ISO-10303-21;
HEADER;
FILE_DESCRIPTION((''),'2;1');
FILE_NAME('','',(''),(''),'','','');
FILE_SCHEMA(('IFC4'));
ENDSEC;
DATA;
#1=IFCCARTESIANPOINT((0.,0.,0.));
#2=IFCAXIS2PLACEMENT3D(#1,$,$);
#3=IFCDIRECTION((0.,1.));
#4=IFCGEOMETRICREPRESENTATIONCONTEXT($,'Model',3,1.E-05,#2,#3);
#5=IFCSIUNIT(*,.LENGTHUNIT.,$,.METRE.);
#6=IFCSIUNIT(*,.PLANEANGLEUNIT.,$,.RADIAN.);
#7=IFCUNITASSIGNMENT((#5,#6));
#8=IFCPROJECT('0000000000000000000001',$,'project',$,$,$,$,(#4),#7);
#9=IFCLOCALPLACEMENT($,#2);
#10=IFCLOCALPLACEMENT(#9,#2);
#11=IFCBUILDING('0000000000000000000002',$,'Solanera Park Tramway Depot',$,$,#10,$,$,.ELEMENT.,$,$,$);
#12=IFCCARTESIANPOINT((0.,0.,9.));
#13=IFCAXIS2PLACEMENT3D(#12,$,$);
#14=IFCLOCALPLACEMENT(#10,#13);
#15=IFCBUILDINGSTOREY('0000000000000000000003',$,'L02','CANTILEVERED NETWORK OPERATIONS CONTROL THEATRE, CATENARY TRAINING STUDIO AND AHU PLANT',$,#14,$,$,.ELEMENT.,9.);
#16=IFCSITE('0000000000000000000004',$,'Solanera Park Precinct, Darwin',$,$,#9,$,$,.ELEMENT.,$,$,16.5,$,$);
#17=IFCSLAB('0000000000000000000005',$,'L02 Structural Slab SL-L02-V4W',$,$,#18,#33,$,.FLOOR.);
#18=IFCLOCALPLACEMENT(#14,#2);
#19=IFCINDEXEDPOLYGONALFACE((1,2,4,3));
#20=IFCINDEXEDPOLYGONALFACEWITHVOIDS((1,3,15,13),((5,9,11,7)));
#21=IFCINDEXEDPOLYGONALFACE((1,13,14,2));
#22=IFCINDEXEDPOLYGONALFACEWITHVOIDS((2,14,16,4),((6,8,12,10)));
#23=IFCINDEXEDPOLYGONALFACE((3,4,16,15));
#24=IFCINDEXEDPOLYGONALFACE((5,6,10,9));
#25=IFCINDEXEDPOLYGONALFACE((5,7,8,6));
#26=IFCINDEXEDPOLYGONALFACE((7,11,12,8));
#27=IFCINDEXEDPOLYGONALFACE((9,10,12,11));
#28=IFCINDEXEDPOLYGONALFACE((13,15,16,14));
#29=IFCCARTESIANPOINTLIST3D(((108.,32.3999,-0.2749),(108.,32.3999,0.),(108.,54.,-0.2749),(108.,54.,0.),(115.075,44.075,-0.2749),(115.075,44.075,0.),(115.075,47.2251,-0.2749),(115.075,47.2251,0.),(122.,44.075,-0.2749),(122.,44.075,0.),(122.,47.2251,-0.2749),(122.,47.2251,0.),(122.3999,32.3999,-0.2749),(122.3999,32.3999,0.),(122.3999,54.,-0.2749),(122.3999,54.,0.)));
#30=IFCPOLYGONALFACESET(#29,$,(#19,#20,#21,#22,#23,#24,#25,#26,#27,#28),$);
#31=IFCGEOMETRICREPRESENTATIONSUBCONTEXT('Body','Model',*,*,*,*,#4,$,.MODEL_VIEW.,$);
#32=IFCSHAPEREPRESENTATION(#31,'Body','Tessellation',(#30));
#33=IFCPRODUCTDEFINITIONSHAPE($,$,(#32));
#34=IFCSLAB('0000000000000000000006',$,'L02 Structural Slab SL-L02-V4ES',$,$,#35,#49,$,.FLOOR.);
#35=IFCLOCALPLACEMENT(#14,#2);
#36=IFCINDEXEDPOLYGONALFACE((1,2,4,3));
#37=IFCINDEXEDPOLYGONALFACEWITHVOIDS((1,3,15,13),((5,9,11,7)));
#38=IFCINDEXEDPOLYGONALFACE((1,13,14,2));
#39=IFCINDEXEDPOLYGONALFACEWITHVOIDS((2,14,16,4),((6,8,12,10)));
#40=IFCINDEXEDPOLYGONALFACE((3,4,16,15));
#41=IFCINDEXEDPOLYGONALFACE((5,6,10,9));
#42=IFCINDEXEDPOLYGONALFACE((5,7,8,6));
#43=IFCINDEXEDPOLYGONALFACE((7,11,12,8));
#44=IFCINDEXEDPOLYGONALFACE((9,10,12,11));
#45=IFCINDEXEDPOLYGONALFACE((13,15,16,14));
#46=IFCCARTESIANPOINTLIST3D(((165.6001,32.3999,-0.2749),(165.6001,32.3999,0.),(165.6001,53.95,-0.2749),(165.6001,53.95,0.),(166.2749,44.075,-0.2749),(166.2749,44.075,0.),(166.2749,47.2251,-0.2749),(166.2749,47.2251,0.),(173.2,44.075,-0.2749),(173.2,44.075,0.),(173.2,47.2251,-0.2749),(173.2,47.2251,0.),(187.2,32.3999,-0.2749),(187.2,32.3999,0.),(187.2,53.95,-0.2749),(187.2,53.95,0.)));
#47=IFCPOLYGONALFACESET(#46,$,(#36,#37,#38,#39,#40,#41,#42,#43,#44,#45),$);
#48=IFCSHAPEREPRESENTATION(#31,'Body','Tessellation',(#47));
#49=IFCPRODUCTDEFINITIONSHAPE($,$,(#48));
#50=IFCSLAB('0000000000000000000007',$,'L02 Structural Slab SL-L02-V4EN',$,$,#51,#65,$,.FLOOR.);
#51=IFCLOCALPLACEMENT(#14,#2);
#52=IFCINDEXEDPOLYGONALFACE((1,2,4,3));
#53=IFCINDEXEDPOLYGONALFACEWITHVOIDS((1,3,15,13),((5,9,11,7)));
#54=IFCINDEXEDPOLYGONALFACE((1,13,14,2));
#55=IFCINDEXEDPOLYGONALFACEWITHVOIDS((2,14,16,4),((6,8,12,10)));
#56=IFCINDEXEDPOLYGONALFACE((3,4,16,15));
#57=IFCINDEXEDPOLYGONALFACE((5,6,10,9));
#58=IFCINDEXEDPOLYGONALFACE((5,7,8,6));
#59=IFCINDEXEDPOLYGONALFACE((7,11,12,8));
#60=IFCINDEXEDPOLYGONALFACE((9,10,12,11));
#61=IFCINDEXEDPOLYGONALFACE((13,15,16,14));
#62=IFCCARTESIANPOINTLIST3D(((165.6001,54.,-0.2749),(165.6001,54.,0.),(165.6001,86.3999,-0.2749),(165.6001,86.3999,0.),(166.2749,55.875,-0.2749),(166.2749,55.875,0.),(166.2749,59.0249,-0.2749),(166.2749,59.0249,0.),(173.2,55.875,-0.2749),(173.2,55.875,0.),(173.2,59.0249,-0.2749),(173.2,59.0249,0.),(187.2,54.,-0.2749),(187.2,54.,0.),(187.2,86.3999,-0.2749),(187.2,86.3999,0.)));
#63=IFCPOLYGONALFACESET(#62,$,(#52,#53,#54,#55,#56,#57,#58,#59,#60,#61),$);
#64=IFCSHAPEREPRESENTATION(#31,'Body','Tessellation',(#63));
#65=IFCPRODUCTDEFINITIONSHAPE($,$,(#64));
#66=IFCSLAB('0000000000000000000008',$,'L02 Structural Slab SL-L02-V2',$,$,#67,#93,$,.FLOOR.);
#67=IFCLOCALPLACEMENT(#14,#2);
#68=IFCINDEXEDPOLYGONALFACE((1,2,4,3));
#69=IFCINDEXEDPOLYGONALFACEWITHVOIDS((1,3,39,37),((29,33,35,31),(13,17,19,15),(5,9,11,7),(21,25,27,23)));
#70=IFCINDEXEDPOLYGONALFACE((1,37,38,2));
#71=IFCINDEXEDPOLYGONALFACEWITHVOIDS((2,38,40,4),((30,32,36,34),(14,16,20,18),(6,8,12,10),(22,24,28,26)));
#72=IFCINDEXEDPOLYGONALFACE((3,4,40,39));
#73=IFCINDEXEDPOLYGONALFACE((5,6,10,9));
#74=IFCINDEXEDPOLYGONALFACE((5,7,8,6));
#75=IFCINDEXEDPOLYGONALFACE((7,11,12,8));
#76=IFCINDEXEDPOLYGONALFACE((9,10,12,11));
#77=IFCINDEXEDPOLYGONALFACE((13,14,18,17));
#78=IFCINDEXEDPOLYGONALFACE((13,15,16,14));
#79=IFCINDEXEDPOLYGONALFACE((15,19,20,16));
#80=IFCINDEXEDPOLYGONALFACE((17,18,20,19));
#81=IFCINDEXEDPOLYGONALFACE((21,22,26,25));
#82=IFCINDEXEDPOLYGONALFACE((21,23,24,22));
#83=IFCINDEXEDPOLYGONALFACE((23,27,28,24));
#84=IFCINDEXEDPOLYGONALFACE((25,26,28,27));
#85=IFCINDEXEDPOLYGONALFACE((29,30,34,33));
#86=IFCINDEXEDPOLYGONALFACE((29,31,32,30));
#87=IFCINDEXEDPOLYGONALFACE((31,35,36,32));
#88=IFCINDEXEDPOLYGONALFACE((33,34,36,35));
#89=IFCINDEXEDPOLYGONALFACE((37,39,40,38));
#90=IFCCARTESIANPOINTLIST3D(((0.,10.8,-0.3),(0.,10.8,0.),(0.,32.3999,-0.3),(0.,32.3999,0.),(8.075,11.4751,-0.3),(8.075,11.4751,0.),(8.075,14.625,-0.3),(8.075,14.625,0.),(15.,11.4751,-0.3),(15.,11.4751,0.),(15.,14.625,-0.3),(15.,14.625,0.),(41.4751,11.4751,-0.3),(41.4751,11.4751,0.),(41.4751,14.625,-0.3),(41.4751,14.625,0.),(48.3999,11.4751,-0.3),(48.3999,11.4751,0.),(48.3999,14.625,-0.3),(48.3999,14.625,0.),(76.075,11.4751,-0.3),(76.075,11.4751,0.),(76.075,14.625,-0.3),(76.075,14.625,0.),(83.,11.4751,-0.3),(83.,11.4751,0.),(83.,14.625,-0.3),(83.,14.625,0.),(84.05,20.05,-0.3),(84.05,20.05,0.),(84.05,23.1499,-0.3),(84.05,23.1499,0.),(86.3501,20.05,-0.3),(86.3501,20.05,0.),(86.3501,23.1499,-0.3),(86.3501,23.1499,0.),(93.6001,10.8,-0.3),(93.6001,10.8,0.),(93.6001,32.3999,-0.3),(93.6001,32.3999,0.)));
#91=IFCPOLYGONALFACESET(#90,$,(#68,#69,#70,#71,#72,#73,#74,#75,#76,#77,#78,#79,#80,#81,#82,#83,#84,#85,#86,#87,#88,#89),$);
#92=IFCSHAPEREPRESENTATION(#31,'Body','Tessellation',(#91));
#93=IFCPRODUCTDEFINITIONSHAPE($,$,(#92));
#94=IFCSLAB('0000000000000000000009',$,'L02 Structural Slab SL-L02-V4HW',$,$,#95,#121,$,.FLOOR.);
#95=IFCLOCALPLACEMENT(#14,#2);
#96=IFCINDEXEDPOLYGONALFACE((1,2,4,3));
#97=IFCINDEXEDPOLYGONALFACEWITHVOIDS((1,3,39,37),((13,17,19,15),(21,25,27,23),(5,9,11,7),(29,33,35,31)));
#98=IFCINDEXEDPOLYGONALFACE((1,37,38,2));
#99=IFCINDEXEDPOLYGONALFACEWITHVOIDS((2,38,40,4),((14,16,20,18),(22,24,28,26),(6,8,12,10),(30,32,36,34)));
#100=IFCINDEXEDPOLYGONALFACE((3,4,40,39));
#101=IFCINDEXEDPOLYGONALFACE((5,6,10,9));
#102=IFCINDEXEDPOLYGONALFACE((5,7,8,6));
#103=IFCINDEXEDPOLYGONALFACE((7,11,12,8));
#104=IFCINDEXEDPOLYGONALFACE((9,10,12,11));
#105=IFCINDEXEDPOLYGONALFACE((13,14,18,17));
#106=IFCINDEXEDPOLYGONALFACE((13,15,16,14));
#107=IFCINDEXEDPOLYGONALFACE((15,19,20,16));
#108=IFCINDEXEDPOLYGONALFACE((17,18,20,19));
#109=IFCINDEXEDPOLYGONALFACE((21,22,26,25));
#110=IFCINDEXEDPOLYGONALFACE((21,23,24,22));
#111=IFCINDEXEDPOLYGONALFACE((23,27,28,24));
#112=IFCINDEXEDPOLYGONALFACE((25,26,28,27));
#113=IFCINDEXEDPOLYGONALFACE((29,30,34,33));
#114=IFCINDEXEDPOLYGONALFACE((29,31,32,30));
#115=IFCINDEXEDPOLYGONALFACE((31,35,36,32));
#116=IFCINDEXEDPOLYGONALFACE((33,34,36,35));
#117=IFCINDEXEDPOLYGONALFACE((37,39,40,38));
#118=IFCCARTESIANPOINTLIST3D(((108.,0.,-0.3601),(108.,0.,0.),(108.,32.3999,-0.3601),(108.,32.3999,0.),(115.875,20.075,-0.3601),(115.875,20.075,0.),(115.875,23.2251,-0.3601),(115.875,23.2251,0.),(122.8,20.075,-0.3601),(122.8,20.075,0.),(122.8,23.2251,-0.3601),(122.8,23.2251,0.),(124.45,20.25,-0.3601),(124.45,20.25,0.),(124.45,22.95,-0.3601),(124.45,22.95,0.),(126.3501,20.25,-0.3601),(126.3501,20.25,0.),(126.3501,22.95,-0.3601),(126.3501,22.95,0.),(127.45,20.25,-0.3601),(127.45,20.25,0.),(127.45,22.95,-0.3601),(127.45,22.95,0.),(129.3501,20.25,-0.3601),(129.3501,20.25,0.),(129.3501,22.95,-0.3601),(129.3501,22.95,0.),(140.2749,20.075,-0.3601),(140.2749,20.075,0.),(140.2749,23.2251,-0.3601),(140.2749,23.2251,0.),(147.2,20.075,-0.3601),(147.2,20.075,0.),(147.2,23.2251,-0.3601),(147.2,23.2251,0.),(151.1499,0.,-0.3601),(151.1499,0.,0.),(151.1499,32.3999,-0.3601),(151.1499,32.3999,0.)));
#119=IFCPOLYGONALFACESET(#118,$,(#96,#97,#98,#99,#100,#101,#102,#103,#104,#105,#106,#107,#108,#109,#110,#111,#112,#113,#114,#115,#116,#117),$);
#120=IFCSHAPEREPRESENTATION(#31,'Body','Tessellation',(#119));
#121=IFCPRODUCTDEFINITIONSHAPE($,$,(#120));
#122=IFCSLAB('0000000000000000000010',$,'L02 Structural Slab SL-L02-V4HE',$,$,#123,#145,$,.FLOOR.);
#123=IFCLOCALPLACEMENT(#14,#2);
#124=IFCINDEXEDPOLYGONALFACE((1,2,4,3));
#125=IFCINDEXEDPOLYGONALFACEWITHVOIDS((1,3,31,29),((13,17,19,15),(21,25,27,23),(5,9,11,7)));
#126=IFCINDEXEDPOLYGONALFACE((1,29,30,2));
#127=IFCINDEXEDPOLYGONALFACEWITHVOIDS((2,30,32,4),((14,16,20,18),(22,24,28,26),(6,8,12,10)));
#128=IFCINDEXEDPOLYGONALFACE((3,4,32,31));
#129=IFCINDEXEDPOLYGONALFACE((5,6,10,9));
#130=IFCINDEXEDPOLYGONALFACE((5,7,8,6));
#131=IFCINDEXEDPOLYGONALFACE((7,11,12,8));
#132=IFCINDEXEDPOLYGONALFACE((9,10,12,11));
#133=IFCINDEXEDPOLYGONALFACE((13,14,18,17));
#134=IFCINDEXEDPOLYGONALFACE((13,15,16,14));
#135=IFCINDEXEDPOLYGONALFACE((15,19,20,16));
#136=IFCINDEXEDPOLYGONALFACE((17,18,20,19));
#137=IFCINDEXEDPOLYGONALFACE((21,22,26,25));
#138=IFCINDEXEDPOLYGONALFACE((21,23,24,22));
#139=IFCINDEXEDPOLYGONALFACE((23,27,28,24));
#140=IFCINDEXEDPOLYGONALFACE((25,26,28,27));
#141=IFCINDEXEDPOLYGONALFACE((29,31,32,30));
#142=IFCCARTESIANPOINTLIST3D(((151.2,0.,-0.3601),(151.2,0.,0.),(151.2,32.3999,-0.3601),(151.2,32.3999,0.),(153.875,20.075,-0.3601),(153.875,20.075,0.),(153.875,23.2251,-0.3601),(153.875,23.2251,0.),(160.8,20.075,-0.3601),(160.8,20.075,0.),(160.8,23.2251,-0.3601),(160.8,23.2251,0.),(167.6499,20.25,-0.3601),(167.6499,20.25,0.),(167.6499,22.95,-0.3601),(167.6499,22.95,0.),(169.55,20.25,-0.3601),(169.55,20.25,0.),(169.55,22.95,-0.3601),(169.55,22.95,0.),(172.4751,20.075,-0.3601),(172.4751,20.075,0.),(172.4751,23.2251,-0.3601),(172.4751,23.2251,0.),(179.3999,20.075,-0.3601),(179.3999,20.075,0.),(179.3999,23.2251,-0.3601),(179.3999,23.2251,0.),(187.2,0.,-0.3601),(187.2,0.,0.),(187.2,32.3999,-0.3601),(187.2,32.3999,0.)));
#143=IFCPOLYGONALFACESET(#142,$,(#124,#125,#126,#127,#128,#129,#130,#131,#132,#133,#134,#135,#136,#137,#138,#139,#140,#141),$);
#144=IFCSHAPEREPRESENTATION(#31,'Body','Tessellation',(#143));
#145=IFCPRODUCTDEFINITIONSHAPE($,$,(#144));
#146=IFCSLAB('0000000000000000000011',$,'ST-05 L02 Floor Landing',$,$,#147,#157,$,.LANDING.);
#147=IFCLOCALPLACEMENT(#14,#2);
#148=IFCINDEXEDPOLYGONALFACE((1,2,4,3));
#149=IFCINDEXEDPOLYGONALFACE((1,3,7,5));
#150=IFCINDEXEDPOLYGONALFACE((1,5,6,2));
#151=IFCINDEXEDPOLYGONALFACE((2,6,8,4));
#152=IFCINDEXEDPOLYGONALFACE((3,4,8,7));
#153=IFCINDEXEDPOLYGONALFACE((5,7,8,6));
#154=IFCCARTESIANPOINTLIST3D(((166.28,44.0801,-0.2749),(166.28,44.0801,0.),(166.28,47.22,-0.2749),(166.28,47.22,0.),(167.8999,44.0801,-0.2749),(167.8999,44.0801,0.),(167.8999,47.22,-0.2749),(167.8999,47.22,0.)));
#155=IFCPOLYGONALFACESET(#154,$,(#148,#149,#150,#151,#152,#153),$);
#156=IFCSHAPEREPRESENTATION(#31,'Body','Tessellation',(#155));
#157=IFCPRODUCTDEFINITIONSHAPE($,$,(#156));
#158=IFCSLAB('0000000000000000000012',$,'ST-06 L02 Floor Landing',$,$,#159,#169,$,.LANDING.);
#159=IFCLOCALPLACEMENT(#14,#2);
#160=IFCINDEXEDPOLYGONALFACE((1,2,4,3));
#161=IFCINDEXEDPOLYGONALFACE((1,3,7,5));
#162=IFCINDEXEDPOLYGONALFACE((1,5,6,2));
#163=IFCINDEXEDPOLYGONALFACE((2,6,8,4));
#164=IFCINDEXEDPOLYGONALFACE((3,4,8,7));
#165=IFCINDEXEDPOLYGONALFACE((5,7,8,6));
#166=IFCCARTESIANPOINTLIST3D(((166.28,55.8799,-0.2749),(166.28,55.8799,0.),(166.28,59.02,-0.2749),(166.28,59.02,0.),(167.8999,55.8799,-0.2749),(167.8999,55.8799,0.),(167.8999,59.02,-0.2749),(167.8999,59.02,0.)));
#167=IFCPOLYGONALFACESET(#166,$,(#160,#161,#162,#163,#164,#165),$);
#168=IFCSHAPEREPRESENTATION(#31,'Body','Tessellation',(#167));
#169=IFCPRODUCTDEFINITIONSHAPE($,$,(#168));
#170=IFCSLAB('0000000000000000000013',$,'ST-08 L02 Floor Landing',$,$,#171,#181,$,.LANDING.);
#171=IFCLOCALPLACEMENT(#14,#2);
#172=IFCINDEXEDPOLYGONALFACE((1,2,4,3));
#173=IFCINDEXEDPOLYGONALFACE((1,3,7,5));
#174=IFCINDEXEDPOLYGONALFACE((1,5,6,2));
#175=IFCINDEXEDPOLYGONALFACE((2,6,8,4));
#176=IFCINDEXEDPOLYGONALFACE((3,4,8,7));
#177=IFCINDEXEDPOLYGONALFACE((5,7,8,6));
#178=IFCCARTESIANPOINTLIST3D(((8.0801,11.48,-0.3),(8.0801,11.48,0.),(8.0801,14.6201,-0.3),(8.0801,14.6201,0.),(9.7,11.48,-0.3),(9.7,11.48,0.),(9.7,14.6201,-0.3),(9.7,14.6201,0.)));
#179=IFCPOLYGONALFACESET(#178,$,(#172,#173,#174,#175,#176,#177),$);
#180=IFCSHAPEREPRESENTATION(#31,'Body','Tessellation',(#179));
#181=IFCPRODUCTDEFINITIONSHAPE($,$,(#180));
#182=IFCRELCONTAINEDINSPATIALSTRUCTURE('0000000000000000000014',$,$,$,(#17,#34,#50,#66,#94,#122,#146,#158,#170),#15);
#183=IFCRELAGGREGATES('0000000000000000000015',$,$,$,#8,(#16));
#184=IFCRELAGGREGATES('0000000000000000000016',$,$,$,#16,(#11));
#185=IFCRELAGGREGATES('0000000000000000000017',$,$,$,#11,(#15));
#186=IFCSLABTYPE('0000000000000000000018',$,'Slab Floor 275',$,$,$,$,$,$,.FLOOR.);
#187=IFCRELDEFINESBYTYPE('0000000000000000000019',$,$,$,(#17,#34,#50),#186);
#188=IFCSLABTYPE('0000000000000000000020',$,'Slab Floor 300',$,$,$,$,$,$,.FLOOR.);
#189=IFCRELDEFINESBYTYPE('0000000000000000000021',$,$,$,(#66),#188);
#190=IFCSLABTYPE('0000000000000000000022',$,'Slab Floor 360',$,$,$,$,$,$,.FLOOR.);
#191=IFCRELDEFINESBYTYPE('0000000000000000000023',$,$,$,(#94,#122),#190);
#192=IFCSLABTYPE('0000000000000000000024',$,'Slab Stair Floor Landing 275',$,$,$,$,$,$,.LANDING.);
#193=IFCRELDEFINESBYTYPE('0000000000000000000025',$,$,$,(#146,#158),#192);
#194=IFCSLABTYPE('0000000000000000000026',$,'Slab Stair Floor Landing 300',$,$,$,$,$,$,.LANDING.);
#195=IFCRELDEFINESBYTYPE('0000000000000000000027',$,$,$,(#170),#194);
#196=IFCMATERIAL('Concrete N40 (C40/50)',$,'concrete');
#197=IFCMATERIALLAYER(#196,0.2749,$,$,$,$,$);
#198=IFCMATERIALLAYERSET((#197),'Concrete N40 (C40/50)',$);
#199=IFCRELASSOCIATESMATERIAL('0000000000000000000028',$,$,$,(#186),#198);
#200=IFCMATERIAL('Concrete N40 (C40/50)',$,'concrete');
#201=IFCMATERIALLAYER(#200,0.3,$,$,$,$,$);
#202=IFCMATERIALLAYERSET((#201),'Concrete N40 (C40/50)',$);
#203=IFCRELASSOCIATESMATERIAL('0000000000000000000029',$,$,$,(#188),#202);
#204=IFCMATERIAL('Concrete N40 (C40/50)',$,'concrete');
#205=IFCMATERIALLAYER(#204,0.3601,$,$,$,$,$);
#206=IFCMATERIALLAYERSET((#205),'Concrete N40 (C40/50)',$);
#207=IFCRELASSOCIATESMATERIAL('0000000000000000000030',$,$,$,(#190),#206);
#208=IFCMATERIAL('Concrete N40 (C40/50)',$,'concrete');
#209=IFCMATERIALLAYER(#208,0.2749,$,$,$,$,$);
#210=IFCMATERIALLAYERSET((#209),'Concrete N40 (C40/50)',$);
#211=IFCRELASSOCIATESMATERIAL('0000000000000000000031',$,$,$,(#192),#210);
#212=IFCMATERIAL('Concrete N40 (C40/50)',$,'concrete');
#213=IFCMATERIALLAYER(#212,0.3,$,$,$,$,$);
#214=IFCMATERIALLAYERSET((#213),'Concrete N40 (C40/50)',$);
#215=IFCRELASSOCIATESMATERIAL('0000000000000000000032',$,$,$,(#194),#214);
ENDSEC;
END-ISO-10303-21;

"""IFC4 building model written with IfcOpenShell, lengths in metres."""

from ifc_helpers import new_model, si_unit, direction, frame, origin, place, context, subcontext, project, spatial, polyline, outline, extrude, material, layer, layer_set, type_object, element, save


model = new_model("IFC4")

# Units and contexts
model_context = context("Model", 3, precision=1e-05, world=origin(), true_north=direction((0.0, 1.0)))
body_context = subcontext(model_context, "Body", "Model", "MODEL_VIEW")
ifc_project = project(units=[si_unit("LENGTHUNIT", "METRE"), si_unit("PLANEANGLEUNIT", "RADIAN")], contexts=[model_context])

# Site, building, storey
site_placement = place(None, origin())
site = spatial("IfcSite", under=ifc_project, at=site_placement, Name="Solanera Park Precinct, Darwin", CompositionType="ELEMENT", RefElevation=16.5)
building_placement = place(site_placement, origin())
building = spatial("IfcBuilding", under=site, at=building_placement, Name="Solanera Park Tramway Depot", CompositionType="ELEMENT")
storey_placement = place(building_placement, frame((0.0, 0.0, 9.0)))
storey = spatial("IfcBuildingStorey", under=building, at=storey_placement, Name="L02", Description="CANTILEVERED NETWORK OPERATIONS CONTROL THEATRE, CATENARY TRAINING STUDIO AND AHU PLANT", CompositionType="ELEMENT", Elevation=9.0)

# Slabs
ifc_material_1 = material(Name="Concrete N40 (C40/50)", Category="concrete")
ifc_layer_1 = layer(ifc_material_1, 0.2749)
ifc_layer_set_1 = layer_set([ifc_layer_1], Name="Concrete N40 (C40/50)")
slab_type_1 = type_object("IfcSlabType", Name="Slab Floor 275", PredefinedType="FLOOR", material=ifc_layer_set_1)
slab_1_placement = place(storey_placement, frame((0.0, 0.0, -0.2749)))
element("IfcSlab", 1, at=slab_1_placement, inside=storey, type_object=slab_type_1, Name="L02 Structural Slab SL-L02-V4W", PredefinedType="FLOOR", context=body_context, shape_type="SweptSolid", body=[
    extrude(outline(polyline([(108.0, 32.3999), (108.0, 54.0), (122.3999, 54.0), (122.3999, 32.3999), (108.0, 32.3999)]), holes=[polyline([(122.0, 47.2251), (115.075, 47.2251), (115.075, 44.075), (122.0, 44.075), (122.0, 47.2251)])]), origin(), (0.0, 0.0, 1.0), 0.2749),
])
slab_2_placement = place(storey_placement, frame((0.0, 0.0, -0.2749)))
element("IfcSlab", 2, at=slab_2_placement, inside=storey, type_object=slab_type_1, Name="L02 Structural Slab SL-L02-V4ES", PredefinedType="FLOOR", context=body_context, shape_type="SweptSolid", body=[
    extrude(outline(polyline([(165.6001, 32.3999), (165.6001, 53.95), (187.2, 53.95), (187.2, 32.3999), (165.6001, 32.3999)]), holes=[polyline([(173.2, 47.2251), (166.2749, 47.2251), (166.2749, 44.075), (173.2, 44.075), (173.2, 47.2251)])]), origin(), (0.0, 0.0, 1.0), 0.2749),
])
slab_3_placement = place(storey_placement, frame((0.0, 0.0, -0.2749)))
element("IfcSlab", 3, at=slab_3_placement, inside=storey, type_object=slab_type_1, Name="L02 Structural Slab SL-L02-V4EN", PredefinedType="FLOOR", context=body_context, shape_type="SweptSolid", body=[
    extrude(outline(polyline([(165.6001, 54.0), (165.6001, 86.3999), (187.2, 86.3999), (187.2, 54.0), (165.6001, 54.0)]), holes=[polyline([(173.2, 59.0249), (166.2749, 59.0249), (166.2749, 55.875), (173.2, 55.875), (173.2, 59.0249)])]), origin(), (0.0, 0.0, 1.0), 0.2749),
])
ifc_material_2 = material(Name="Concrete N40 (C40/50)", Category="concrete")
ifc_layer_2 = layer(ifc_material_2, 0.3)
ifc_layer_set_2 = layer_set([ifc_layer_2], Name="Concrete N40 (C40/50)")
slab_type_2 = type_object("IfcSlabType", Name="Slab Floor 300", PredefinedType="FLOOR", material=ifc_layer_set_2)
slab_4_placement = place(storey_placement, frame((0.0, 0.0, -0.3)))
element("IfcSlab", 4, at=slab_4_placement, inside=storey, type_object=slab_type_2, Name="L02 Structural Slab SL-L02-V2", PredefinedType="FLOOR", context=body_context, shape_type="SweptSolid", body=[
    extrude(outline(polyline([(93.6001, 10.8), (0.0, 10.8), (0.0, 32.3999), (93.6001, 32.3999), (93.6001, 10.8)]), holes=[polyline([(15.0, 11.4751), (15.0, 14.625), (8.075, 14.625), (8.075, 11.4751), (15.0, 11.4751)]), polyline([(76.075, 11.4751), (83.0, 11.4751), (83.0, 14.625), (76.075, 14.625), (76.075, 11.4751)]), polyline([(41.4751, 14.625), (41.4751, 11.4751), (48.3999, 11.4751), (48.3999, 14.625), (41.4751, 14.625)]), polyline([(86.3501, 23.1499), (84.05, 23.1499), (84.05, 20.05), (86.3501, 20.05), (86.3501, 23.1499)])]), origin(), (0.0, 0.0, 1.0), 0.3),
])
ifc_material_3 = material(Name="Concrete N40 (C40/50)", Category="concrete")
ifc_layer_3 = layer(ifc_material_3, 0.3601)
ifc_layer_set_3 = layer_set([ifc_layer_3], Name="Concrete N40 (C40/50)")
slab_type_3 = type_object("IfcSlabType", Name="Slab Floor 360", PredefinedType="FLOOR", material=ifc_layer_set_3)
slab_5_placement = place(storey_placement, frame((0.0, 0.0, -0.3601)))
element("IfcSlab", 5, at=slab_5_placement, inside=storey, type_object=slab_type_3, Name="L02 Structural Slab SL-L02-V4HW", PredefinedType="FLOOR", context=body_context, shape_type="SweptSolid", body=[
    extrude(outline(polyline([(151.1499, 0.0), (108.0, 0.0), (108.0, 32.3999), (151.1499, 32.3999), (151.1499, 0.0)]), holes=[polyline([(122.8, 20.075), (122.8, 23.2251), (115.875, 23.2251), (115.875, 20.075), (122.8, 20.075)]), polyline([(140.2749, 20.075), (147.2, 20.075), (147.2, 23.2251), (140.2749, 23.2251), (140.2749, 20.075)]), polyline([(124.45, 22.95), (124.45, 20.25), (126.3501, 20.25), (126.3501, 22.95), (124.45, 22.95)]), polyline([(129.3501, 22.95), (127.45, 22.95), (127.45, 20.25), (129.3501, 20.25), (129.3501, 22.95)])]), origin(), (0.0, 0.0, 1.0), 0.3601),
])
slab_6_placement = place(storey_placement, frame((0.0, 0.0, -0.3601)))
element("IfcSlab", 6, at=slab_6_placement, inside=storey, type_object=slab_type_3, Name="L02 Structural Slab SL-L02-V4HE", PredefinedType="FLOOR", context=body_context, shape_type="SweptSolid", body=[
    extrude(outline(polyline([(187.2, 32.3999), (187.2, 0.0), (151.2, 0.0), (151.2, 32.3999), (187.2, 32.3999)]), holes=[polyline([(153.875, 20.075), (160.8, 20.075), (160.8, 23.2251), (153.875, 23.2251), (153.875, 20.075)]), polyline([(172.4751, 23.2251), (172.4751, 20.075), (179.3999, 20.075), (179.3999, 23.2251), (172.4751, 23.2251)]), polyline([(169.55, 22.95), (167.6499, 22.95), (167.6499, 20.25), (169.55, 20.25), (169.55, 22.95)])]), origin(), (0.0, 0.0, 1.0), 0.3601),
])
ifc_material_4 = material(Name="Concrete N40 (C40/50)", Category="concrete")
ifc_layer_4 = layer(ifc_material_4, 0.2749)
ifc_layer_set_4 = layer_set([ifc_layer_4], Name="Concrete N40 (C40/50)")
slab_type_4 = type_object("IfcSlabType", Name="Slab Stair Floor Landing 275", PredefinedType="LANDING", material=ifc_layer_set_4)
slab_7_placement = place(storey_placement, frame((0.0, 0.0, -0.2749)))
element("IfcSlab", 7, at=slab_7_placement, inside=storey, type_object=slab_type_4, Name="ST-05 L02 Floor Landing", PredefinedType="LANDING", context=body_context, shape_type="SweptSolid", body=[
    extrude(outline(polyline([(166.28, 44.0801), (167.8999, 44.0801), (167.8999, 47.22), (166.28, 47.22), (166.28, 44.0801)])), origin(), (0.0, 0.0, 1.0), 0.2749),
])
slab_8_placement = place(storey_placement, frame((0.0, 0.0, -0.2749)))
element("IfcSlab", 8, at=slab_8_placement, inside=storey, type_object=slab_type_4, Name="ST-06 L02 Floor Landing", PredefinedType="LANDING", context=body_context, shape_type="SweptSolid", body=[
    extrude(outline(polyline([(166.28, 55.8799), (167.8999, 55.8799), (167.8999, 59.02), (166.28, 59.02), (166.28, 55.8799)])), origin(), (0.0, 0.0, 1.0), 0.2749),
])
ifc_material_5 = material(Name="Concrete N40 (C40/50)", Category="concrete")
ifc_layer_5 = layer(ifc_material_5, 0.3)
ifc_layer_set_5 = layer_set([ifc_layer_5], Name="Concrete N40 (C40/50)")
slab_type_5 = type_object("IfcSlabType", Name="Slab Stair Floor Landing 300", PredefinedType="LANDING", material=ifc_layer_set_5)
slab_9_placement = place(storey_placement, frame((0.0, 0.0, -0.3)))
element("IfcSlab", 9, at=slab_9_placement, inside=storey, type_object=slab_type_5, Name="ST-08 L02 Floor Landing", PredefinedType="LANDING", context=body_context, shape_type="SweptSolid", body=[
    extrude(outline(polyline([(8.0801, 11.48), (9.7, 11.48), (9.7, 14.6201), (8.0801, 14.6201), (8.0801, 11.48)])), origin(), (0.0, 0.0, 1.0), 0.3),
])

save(model, "model.ifc")
